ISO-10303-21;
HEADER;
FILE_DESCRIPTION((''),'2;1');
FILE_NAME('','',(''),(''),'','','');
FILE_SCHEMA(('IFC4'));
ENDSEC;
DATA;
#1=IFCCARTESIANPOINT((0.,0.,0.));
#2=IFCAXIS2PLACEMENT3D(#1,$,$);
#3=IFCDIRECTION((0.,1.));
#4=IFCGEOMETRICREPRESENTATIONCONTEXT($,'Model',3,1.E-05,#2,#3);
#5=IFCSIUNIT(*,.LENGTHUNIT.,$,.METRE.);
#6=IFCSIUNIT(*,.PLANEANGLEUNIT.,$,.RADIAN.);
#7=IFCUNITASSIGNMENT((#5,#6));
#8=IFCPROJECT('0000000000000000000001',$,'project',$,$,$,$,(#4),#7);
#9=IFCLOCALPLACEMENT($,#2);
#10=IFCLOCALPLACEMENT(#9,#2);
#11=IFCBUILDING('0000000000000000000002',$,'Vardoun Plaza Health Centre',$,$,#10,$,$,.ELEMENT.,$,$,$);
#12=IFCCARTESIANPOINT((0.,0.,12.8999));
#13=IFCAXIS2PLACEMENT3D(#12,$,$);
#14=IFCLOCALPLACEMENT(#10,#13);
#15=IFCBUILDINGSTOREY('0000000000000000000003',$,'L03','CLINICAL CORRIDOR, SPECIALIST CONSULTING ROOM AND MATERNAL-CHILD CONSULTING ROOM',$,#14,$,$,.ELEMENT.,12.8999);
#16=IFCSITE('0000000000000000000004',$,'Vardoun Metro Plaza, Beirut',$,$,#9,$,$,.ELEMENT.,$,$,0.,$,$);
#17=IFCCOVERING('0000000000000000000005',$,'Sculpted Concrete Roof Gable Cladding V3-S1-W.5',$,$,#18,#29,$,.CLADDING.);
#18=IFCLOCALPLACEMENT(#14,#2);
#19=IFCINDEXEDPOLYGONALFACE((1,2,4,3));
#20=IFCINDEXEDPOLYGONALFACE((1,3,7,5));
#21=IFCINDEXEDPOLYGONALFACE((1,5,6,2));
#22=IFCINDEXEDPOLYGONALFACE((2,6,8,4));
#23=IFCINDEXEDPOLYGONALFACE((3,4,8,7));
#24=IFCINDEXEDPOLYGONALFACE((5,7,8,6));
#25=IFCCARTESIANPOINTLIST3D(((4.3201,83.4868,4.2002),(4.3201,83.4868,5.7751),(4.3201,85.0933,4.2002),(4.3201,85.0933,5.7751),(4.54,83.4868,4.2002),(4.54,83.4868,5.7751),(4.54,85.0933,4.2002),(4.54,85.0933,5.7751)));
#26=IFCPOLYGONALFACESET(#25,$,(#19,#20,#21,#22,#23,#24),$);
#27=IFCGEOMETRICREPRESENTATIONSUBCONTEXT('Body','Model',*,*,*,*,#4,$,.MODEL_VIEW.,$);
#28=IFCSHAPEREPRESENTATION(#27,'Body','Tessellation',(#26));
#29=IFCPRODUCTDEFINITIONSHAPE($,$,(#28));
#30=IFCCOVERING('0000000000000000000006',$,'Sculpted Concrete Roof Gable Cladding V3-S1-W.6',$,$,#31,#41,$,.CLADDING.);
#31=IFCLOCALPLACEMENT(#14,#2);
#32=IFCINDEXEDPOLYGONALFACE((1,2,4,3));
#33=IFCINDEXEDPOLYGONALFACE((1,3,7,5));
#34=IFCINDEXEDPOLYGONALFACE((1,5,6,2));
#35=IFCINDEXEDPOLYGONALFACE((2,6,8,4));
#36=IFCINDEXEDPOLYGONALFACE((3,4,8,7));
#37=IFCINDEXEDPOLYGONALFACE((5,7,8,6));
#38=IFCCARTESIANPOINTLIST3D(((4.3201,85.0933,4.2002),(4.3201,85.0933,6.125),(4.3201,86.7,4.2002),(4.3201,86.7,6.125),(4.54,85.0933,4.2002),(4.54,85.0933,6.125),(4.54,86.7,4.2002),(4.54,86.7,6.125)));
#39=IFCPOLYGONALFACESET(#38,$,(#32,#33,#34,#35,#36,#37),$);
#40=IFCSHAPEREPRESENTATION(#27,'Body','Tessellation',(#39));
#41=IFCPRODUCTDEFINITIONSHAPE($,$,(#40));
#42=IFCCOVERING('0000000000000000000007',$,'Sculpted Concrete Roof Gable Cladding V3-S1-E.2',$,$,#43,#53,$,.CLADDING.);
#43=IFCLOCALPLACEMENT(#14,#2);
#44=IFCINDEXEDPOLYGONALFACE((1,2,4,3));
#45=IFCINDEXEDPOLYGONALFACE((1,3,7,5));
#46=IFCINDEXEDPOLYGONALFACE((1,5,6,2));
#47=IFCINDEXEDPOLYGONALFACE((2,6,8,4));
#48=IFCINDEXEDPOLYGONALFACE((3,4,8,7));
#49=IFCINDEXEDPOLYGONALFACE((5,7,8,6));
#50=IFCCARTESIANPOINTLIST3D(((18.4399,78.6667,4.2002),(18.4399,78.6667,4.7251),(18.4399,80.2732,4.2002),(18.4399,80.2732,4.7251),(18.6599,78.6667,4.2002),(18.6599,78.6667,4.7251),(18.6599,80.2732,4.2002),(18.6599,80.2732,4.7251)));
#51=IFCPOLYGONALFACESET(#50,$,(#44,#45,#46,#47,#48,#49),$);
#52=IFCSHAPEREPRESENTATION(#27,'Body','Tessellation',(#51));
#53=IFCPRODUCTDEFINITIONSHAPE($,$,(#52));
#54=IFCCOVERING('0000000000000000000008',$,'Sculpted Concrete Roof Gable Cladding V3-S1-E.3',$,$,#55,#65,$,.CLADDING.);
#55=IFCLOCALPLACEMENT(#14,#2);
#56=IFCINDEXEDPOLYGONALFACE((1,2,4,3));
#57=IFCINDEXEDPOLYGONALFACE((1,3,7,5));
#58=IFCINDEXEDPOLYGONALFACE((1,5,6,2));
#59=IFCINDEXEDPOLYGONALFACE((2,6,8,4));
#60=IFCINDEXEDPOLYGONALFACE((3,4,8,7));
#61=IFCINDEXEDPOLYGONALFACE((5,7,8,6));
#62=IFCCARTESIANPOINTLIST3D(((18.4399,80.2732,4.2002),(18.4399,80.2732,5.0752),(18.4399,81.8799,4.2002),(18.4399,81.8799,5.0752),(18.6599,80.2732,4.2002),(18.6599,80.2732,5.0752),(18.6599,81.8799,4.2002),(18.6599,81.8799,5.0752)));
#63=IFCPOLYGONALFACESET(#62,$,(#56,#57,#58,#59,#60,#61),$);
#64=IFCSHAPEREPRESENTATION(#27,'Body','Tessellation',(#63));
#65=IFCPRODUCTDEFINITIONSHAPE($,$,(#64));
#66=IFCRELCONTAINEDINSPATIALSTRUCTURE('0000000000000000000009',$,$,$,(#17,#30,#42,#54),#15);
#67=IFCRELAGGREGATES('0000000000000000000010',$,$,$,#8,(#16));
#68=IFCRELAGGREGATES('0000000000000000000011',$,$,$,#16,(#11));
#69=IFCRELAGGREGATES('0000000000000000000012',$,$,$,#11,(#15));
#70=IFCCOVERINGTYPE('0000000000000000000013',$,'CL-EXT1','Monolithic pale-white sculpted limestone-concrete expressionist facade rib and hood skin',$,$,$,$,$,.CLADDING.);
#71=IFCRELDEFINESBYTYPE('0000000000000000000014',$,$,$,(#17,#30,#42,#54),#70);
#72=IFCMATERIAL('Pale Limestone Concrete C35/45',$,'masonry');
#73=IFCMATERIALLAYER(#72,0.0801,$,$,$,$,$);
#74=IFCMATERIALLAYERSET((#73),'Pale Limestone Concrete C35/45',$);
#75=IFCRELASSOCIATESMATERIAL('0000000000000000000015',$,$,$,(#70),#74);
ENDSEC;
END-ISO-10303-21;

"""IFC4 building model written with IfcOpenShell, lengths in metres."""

from ifc_helpers import new_model, si_unit, direction, frame, origin, place, context, subcontext, project, spatial, polyline, outline, extrude, material, layer, layer_set, type_object, element, save


model = new_model("IFC4")

# Units and contexts
model_context = context("Model", 3, precision=1e-05, world=origin(), true_north=direction((0.0, 1.0)))
body_context = subcontext(model_context, "Body", "Model", "MODEL_VIEW")
ifc_project = project(units=[si_unit("LENGTHUNIT", "METRE"), si_unit("PLANEANGLEUNIT", "RADIAN")], contexts=[model_context])

# Site, building, storey
site_placement = place(None, origin())
site = spatial("IfcSite", under=ifc_project, at=site_placement, Name="Vardoun Metro Plaza, Beirut", CompositionType="ELEMENT", RefElevation=0.0)
building_placement = place(site_placement, origin())
building = spatial("IfcBuilding", under=site, at=building_placement, Name="Vardoun Plaza Health Centre", CompositionType="ELEMENT")
storey_placement = place(building_placement, frame((0.0, 0.0, 12.8999)))
storey = spatial("IfcBuildingStorey", under=building, at=storey_placement, Name="L03", Description="CLINICAL CORRIDOR, SPECIALIST CONSULTING ROOM AND MATERNAL-CHILD CONSULTING ROOM", CompositionType="ELEMENT", Elevation=12.8999)

# Coverings
ifc_material = material(Name="Pale Limestone Concrete C35/45", Category="masonry")
ifc_layer = layer(ifc_material, 0.0801)
ifc_layer_set = layer_set([ifc_layer], Name="Pale Limestone Concrete C35/45")
covering_type = type_object("IfcCoveringType", Name="CL-EXT1", Description="Monolithic pale-white sculpted limestone-concrete expressionist facade rib and hood skin", PredefinedType="CLADDING", material=ifc_layer_set)
covering_1_placement = place(storey_placement, frame((0.0, 0.0, 4.2002)))
element("IfcCovering", 1, at=covering_1_placement, inside=storey, type_object=covering_type, Name="Sculpted Concrete Roof Gable Cladding V3-S1-W.5", PredefinedType="CLADDING", context=body_context, shape_type="SweptSolid", body=[
    extrude(outline(polyline([(4.54, 83.4868), (4.54, 85.0933), (4.3201, 85.0933), (4.3201, 83.4868), (4.54, 83.4868)])), origin(), (0.0, 0.0, 1.0), 1.575),
])
covering_2_placement = place(storey_placement, frame((0.0, 0.0, 4.2002)))
element("IfcCovering", 2, at=covering_2_placement, inside=storey, type_object=covering_type, Name="Sculpted Concrete Roof Gable Cladding V3-S1-W.6", PredefinedType="CLADDING", context=body_context, shape_type="SweptSolid", body=[
    extrude(outline(polyline([(4.54, 85.0933), (4.54, 86.7), (4.3201, 86.7), (4.3201, 85.0933), (4.54, 85.0933)])), origin(), (0.0, 0.0, 1.0), 1.9248),
])
covering_3_placement = place(storey_placement, frame((0.0, 0.0, 4.2002)))
element("IfcCovering", 3, at=covering_3_placement, inside=storey, type_object=covering_type, Name="Sculpted Concrete Roof Gable Cladding V3-S1-E.2", PredefinedType="CLADDING", context=body_context, shape_type="SweptSolid", body=[
    extrude(outline(polyline([(18.6599, 78.6667), (18.6599, 80.2732), (18.4399, 80.2732), (18.4399, 78.6667), (18.6599, 78.6667)])), origin(), (0.0, 0.0, 1.0), 0.5249),
])
covering_4_placement = place(storey_placement, frame((0.0, 0.0, 4.2002)))
element("IfcCovering", 4, at=covering_4_placement, inside=storey, type_object=covering_type, Name="Sculpted Concrete Roof Gable Cladding V3-S1-E.3", PredefinedType="CLADDING", context=body_context, shape_type="SweptSolid", body=[
    extrude(outline(polyline([(18.6599, 80.2732), (18.6599, 81.8799), (18.4399, 81.8799), (18.4399, 80.2732), (18.6599, 80.2732)])), origin(), (0.0, 0.0, 1.0), 0.875),
])

save(model, "model.ifc")
